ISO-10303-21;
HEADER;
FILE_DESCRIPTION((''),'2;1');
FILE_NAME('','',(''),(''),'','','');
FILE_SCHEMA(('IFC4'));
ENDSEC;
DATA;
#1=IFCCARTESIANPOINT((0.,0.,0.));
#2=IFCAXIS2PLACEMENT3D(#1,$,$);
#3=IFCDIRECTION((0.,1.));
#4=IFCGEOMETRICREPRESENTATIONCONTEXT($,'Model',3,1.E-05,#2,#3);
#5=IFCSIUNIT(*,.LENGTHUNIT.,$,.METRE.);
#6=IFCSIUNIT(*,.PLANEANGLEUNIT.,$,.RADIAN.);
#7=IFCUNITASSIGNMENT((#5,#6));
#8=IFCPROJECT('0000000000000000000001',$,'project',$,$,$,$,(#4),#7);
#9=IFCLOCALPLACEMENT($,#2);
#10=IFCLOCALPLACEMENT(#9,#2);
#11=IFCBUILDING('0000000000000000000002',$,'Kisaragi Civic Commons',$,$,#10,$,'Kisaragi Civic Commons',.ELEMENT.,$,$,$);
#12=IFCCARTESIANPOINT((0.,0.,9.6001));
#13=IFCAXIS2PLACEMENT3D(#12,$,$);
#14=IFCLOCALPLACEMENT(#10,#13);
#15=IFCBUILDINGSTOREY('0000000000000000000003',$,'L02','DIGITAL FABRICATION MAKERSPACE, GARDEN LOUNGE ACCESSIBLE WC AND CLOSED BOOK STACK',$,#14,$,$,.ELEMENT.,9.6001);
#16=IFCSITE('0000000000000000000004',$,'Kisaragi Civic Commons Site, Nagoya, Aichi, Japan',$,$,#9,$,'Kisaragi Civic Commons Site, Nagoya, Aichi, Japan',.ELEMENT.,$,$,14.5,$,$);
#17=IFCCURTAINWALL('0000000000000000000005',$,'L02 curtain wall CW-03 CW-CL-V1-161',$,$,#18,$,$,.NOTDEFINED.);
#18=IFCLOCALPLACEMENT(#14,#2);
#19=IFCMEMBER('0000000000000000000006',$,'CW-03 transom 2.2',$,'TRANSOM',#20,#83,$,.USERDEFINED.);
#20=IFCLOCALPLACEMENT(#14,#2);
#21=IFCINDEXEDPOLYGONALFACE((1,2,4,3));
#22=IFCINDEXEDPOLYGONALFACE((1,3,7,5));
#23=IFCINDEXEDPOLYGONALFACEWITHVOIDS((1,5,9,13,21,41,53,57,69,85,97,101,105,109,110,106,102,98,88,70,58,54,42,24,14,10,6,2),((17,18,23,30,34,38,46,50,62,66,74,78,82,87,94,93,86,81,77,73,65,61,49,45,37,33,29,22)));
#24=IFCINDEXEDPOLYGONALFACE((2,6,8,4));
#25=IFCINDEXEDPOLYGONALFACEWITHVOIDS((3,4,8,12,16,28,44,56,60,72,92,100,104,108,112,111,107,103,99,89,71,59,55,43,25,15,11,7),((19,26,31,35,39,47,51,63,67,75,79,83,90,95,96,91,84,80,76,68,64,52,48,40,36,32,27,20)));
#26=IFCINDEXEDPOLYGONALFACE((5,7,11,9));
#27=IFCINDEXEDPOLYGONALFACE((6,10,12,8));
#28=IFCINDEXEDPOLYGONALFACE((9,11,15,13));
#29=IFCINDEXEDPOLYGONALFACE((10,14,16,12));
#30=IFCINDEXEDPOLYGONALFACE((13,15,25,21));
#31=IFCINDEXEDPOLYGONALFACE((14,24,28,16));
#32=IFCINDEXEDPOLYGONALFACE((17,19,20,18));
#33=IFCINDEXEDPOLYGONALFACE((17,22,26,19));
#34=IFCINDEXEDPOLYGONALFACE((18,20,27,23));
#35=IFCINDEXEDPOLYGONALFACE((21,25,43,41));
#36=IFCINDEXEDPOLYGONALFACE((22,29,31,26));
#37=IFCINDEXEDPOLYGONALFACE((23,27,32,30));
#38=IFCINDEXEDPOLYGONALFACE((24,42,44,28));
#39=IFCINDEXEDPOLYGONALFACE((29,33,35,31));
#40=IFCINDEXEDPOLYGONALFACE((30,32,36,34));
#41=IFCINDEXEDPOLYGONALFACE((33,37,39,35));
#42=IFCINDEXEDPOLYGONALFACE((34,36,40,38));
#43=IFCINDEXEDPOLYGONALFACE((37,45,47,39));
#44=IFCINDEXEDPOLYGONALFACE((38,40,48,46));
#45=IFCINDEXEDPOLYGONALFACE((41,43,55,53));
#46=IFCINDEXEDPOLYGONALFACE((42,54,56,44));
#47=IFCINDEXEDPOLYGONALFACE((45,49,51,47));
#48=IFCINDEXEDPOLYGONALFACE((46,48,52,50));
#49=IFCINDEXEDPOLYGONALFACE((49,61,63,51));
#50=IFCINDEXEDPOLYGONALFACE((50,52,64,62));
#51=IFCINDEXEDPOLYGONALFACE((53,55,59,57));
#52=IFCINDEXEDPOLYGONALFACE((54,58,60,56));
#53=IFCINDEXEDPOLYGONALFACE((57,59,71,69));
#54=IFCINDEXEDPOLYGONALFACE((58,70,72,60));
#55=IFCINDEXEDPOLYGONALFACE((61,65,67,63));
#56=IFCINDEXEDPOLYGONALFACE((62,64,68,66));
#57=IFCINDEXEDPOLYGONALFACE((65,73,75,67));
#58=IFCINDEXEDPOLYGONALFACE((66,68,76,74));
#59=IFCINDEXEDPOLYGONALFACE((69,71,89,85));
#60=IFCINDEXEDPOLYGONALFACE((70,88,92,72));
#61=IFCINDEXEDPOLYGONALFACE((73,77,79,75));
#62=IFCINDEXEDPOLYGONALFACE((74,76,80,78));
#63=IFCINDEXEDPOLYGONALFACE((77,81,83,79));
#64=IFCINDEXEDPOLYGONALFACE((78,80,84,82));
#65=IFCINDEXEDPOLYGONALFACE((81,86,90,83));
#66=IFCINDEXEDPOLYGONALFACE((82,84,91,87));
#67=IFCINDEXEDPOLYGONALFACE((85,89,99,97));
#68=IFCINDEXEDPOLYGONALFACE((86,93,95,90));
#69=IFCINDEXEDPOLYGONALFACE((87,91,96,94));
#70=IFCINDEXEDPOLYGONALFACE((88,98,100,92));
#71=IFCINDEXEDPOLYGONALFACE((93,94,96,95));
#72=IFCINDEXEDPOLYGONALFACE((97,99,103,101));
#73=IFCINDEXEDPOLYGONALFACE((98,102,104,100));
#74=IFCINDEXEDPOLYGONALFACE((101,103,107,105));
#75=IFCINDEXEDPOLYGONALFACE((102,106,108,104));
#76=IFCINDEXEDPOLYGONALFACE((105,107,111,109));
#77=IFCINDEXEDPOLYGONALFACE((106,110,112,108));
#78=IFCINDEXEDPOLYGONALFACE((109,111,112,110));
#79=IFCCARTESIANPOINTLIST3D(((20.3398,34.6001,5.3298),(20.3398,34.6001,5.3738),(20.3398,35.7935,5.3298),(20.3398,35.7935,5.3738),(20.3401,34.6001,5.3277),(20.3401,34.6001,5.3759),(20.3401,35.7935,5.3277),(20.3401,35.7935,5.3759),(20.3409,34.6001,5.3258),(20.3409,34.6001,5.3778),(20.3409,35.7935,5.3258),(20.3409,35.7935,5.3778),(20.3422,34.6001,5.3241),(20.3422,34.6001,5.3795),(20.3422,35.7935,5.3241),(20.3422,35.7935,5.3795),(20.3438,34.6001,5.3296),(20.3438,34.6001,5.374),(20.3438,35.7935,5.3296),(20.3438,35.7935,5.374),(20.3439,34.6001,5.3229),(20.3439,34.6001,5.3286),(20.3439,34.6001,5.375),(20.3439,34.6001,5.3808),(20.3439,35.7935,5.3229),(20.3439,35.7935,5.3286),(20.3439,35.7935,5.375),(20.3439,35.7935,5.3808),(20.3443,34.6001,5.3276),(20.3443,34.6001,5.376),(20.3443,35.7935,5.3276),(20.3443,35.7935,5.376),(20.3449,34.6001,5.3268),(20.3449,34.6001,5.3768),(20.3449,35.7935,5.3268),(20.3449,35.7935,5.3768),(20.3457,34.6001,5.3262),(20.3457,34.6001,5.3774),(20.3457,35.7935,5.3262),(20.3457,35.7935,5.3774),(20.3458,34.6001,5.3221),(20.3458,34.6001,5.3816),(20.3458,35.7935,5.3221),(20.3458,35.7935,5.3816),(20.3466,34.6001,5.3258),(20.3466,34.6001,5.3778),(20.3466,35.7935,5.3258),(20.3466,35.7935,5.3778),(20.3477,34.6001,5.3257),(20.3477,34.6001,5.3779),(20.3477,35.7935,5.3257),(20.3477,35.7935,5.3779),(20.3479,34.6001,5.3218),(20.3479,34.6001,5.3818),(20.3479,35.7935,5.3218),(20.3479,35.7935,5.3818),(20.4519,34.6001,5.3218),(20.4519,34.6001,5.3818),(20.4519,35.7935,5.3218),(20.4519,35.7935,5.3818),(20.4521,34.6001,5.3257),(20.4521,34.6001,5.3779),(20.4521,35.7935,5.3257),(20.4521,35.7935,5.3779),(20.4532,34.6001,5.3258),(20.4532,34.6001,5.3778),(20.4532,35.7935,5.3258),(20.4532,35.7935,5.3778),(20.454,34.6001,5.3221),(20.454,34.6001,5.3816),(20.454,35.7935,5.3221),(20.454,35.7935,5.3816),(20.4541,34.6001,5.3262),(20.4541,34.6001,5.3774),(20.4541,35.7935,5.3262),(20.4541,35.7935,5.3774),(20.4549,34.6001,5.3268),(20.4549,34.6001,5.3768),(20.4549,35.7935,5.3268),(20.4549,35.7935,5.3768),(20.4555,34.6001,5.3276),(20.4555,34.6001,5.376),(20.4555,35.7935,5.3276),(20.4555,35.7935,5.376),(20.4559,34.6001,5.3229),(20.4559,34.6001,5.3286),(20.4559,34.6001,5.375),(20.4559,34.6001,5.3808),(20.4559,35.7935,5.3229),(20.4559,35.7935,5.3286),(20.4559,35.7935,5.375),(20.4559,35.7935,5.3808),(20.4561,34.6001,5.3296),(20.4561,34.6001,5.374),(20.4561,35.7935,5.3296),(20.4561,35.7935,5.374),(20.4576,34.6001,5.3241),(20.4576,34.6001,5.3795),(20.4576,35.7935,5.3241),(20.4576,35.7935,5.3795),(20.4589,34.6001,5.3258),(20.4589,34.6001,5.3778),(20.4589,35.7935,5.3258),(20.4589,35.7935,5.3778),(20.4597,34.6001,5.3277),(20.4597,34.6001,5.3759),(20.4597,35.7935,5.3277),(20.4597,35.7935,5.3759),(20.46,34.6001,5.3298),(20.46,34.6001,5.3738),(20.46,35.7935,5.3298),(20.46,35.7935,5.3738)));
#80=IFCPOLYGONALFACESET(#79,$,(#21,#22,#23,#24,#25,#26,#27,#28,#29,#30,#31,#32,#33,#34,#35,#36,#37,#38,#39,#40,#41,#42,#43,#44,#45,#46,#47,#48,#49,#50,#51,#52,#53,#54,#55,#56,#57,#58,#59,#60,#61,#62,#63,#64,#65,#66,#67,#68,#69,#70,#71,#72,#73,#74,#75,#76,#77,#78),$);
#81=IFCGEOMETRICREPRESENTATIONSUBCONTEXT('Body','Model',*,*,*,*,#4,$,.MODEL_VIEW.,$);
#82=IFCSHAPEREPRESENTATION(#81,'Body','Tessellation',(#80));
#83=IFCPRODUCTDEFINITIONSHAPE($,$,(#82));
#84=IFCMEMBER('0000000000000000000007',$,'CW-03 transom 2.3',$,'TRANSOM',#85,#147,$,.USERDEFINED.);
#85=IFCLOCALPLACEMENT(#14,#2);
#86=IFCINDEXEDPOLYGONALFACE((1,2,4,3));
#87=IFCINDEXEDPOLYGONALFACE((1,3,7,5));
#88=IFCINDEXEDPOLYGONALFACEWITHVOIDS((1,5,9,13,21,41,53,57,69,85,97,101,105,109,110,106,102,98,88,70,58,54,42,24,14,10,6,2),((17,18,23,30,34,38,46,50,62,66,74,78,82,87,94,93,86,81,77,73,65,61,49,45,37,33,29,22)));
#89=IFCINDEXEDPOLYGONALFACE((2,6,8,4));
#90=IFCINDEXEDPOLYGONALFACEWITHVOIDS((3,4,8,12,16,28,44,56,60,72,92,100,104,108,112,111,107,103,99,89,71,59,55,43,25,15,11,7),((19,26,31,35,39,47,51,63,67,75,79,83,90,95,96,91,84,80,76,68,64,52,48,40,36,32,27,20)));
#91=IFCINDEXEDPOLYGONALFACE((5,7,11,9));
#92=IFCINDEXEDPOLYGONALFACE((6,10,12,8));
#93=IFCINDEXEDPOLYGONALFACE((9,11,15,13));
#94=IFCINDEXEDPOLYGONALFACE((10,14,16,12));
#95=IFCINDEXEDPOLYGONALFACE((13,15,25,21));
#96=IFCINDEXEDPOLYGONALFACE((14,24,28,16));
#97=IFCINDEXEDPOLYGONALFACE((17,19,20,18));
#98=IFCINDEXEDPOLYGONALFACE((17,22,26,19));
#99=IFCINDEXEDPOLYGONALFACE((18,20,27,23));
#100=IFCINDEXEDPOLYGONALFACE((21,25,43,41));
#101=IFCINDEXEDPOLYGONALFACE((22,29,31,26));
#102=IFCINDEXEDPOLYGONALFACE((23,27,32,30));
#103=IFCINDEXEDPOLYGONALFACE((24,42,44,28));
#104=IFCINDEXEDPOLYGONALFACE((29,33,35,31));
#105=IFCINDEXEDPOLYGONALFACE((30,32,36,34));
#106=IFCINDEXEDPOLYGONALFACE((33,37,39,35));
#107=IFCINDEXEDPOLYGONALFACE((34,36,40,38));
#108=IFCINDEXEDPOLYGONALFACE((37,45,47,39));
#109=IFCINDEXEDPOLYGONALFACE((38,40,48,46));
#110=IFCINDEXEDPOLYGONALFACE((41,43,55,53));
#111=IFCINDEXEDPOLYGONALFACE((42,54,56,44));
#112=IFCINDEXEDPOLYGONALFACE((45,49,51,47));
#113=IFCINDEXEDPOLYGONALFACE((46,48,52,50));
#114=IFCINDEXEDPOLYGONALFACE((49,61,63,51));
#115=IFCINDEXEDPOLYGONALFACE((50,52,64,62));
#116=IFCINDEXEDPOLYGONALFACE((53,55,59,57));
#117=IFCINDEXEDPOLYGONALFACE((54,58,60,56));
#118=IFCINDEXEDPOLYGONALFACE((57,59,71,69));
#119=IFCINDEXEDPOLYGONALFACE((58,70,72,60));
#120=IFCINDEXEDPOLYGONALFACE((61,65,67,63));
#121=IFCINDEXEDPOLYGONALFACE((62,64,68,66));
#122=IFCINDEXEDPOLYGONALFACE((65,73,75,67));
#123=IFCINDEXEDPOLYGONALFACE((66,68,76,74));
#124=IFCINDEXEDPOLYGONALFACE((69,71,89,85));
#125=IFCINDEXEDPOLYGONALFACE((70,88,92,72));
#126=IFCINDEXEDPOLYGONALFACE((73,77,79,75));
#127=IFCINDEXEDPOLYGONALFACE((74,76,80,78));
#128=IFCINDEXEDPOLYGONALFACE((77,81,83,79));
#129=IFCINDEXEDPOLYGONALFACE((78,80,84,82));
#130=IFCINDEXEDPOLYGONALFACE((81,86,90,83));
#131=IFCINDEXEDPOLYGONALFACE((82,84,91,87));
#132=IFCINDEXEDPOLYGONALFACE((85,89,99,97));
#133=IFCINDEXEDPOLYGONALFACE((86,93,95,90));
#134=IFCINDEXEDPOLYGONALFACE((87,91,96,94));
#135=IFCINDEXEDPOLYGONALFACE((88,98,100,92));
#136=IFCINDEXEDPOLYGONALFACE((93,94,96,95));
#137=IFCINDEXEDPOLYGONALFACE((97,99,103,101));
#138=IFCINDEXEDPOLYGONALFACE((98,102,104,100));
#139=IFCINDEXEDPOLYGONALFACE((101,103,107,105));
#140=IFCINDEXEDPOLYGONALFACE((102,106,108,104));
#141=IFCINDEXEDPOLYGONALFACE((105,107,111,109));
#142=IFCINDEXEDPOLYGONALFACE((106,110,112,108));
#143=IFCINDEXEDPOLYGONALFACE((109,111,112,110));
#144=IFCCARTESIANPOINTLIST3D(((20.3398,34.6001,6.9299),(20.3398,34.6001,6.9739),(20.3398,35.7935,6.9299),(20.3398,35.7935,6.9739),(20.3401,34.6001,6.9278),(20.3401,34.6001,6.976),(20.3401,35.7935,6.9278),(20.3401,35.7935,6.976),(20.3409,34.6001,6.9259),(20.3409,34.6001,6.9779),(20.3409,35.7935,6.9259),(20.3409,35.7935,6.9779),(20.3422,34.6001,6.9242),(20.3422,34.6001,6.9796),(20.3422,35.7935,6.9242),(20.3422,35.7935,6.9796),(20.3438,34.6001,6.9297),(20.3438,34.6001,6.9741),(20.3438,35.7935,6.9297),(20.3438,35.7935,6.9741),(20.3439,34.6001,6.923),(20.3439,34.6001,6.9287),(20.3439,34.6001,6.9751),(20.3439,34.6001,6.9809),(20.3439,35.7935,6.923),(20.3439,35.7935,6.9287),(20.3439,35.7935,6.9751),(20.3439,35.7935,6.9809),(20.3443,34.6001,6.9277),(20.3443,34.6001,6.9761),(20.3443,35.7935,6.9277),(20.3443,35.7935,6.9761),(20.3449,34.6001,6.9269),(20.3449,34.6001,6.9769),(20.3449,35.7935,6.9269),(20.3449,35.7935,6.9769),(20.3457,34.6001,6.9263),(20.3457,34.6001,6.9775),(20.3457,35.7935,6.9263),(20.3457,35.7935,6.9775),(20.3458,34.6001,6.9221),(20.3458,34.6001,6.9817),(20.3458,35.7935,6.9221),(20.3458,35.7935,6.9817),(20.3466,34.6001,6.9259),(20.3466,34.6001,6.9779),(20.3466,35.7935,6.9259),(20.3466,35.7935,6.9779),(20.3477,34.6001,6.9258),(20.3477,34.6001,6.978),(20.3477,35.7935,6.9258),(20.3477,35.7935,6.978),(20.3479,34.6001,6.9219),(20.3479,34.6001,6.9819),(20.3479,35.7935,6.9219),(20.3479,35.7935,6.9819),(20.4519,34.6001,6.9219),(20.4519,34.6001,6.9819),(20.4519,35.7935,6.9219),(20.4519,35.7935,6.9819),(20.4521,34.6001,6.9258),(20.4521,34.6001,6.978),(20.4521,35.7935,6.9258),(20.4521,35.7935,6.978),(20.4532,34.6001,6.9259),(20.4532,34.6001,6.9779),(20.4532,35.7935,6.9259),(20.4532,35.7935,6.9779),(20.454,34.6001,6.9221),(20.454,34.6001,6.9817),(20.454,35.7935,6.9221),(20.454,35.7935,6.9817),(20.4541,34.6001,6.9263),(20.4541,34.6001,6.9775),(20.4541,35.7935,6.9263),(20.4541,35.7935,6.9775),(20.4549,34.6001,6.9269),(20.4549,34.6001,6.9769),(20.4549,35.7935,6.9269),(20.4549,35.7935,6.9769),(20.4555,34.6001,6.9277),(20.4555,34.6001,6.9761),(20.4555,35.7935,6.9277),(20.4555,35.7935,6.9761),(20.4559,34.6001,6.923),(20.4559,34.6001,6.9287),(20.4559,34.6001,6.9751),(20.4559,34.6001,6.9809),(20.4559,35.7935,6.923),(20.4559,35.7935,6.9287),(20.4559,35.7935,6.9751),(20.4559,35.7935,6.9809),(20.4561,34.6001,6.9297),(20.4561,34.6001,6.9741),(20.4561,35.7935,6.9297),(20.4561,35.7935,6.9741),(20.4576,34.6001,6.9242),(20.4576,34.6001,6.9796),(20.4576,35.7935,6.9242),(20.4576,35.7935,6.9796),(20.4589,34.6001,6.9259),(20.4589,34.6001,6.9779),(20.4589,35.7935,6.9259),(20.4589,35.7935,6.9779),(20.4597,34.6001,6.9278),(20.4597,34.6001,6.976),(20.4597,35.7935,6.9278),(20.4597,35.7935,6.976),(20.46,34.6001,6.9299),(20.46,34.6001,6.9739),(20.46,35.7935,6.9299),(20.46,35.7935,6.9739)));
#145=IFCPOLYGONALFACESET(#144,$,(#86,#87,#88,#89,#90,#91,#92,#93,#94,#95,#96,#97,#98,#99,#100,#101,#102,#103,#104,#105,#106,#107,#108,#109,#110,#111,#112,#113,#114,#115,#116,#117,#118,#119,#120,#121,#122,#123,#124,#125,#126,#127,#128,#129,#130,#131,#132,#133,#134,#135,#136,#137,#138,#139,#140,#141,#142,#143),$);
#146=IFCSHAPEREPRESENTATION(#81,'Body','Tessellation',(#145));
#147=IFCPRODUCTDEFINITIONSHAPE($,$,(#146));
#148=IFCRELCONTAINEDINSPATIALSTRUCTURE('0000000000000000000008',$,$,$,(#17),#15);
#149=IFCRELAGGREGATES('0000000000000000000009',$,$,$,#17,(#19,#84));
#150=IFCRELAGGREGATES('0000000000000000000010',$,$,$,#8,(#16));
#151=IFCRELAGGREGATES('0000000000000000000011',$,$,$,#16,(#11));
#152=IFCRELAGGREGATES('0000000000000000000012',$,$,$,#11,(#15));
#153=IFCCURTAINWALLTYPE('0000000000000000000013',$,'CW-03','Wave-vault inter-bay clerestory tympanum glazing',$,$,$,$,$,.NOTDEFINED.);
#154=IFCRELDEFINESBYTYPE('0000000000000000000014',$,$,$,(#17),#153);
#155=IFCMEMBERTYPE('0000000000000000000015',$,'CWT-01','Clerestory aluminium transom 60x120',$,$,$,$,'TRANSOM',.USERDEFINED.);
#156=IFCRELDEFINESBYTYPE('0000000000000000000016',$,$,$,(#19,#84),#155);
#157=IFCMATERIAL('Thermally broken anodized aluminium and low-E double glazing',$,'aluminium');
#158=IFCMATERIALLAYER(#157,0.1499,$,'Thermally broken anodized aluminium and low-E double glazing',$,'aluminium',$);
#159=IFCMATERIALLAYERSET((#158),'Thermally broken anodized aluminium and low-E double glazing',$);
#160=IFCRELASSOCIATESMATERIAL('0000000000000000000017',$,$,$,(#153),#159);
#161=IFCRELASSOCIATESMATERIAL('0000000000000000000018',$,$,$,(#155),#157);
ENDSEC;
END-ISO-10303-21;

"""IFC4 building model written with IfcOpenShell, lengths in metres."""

from ifc_helpers import new_model, si_unit, direction, frame, origin, origin_2d, place, context, subcontext, project, spatial, hollow_rectangle, extrude, material, layer, layer_set, material_profile, profile_set, type_object, element, aggregate, save


model = new_model("IFC4")

# Units and contexts
model_context = context("Model", 3, precision=1e-05, world=origin(), true_north=direction((0.0, 1.0)))
body_context = subcontext(model_context, "Body", "Model", "MODEL_VIEW")
ifc_project = project(units=[si_unit("LENGTHUNIT", "METRE"), si_unit("PLANEANGLEUNIT", "RADIAN")], contexts=[model_context])

# Site, building, storey
site_placement = place(None, origin())
site = spatial("IfcSite", under=ifc_project, at=site_placement, Name="Kisaragi Civic Commons Site, Nagoya, Aichi, Japan", LongName="Kisaragi Civic Commons Site, Nagoya, Aichi, Japan", CompositionType="ELEMENT", RefElevation=14.5)
building_placement = place(site_placement, origin())
building = spatial("IfcBuilding", under=site, at=building_placement, Name="Kisaragi Civic Commons", LongName="Kisaragi Civic Commons", CompositionType="ELEMENT")
storey_placement = place(building_placement, frame((0.0, 0.0, 9.6001)))
storey = spatial("IfcBuildingStorey", under=building, at=storey_placement, Name="L02", Description="DIGITAL FABRICATION MAKERSPACE, GARDEN LOUNGE ACCESSIBLE WC AND CLOSED BOOK STACK", CompositionType="ELEMENT", Elevation=9.6001)

# Curtain wall
ifc_material_1 = material(Name="Thermally broken anodized aluminium and low-E double glazing", Category="aluminium")
ifc_layer_1 = layer(ifc_material_1, 0.1499, Name="Thermally broken anodized aluminium and low-E double glazing", Category="aluminium")
ifc_layer_set_1 = layer_set([ifc_layer_1], Name="Thermally broken anodized aluminium and low-E double glazing")
curtain_wall_type = type_object("IfcCurtainWallType", Name="CW-03", Description="Wave-vault inter-bay clerestory tympanum glazing", PredefinedType="NOTDEFINED", material=ifc_layer_set_1)
curtain_wall_1_placement = place(storey_placement, origin())
curtain_wall_1 = element("IfcCurtainWall", 1, at=curtain_wall_1_placement, inside=storey, type_object=curtain_wall_type, Name="L02 curtain wall CW-03 CW-CL-V1-161", PredefinedType="NOTDEFINED")

# Members
ifc_material_profile_1 = material_profile(ifc_material_1, hollow_rectangle(XDim=0.1201, YDim=0.0601, WallThickness=0.0039, InnerFilletRadius=0.0039, OuterFilletRadius=0.0081, at=origin_2d()), Name="CWT-60x120x4", Category="aluminium")
ifc_profile_set_1 = profile_set([ifc_material_profile_1], Name="Thermally broken anodized aluminium and low-E double glazing")
member_type_1 = type_object("IfcMemberType", Name="CWT-01", Description="Clerestory aluminium transom 60x120", ElementType="TRANSOM", PredefinedType="USERDEFINED", material=ifc_profile_set_1)
member_1_placement = place(storey_placement, frame((20.3999, 34.6001, 5.3518), z_axis=(0.0, 1.0, 0.0), x_axis=(-1.0, 0.0, 0.0)))
member_1 = element("IfcMember", 2, at=member_1_placement, type_object=member_type_1, Name="CW-03 transom 2.2", ObjectType="TRANSOM", PredefinedType="USERDEFINED", context=body_context, shape_type="SweptSolid", body=[
    extrude(hollow_rectangle(XDim=0.1201, YDim=0.0601, WallThickness=0.0039, InnerFilletRadius=0.0039, OuterFilletRadius=0.0081, at=origin_2d()), origin(), (0.0, 0.0, 1.0), 1.1934),
])
member_2_placement = place(storey_placement, frame((20.3999, 34.6001, 6.9519), z_axis=(0.0, 1.0, 0.0), x_axis=(-1.0, 0.0, 0.0)))
member_2 = element("IfcMember", 3, at=member_2_placement, type_object=member_type_1, Name="CW-03 transom 2.3", ObjectType="TRANSOM", PredefinedType="USERDEFINED", context=body_context, shape_type="SweptSolid", body=[
    extrude(hollow_rectangle(XDim=0.1201, YDim=0.0601, WallThickness=0.0039, InnerFilletRadius=0.0039, OuterFilletRadius=0.0081, at=origin_2d()), origin(), (0.0, 0.0, 1.0), 1.1934),
])

aggregate(curtain_wall_1, [member_1, member_2])

save(model, "model.ifc")
